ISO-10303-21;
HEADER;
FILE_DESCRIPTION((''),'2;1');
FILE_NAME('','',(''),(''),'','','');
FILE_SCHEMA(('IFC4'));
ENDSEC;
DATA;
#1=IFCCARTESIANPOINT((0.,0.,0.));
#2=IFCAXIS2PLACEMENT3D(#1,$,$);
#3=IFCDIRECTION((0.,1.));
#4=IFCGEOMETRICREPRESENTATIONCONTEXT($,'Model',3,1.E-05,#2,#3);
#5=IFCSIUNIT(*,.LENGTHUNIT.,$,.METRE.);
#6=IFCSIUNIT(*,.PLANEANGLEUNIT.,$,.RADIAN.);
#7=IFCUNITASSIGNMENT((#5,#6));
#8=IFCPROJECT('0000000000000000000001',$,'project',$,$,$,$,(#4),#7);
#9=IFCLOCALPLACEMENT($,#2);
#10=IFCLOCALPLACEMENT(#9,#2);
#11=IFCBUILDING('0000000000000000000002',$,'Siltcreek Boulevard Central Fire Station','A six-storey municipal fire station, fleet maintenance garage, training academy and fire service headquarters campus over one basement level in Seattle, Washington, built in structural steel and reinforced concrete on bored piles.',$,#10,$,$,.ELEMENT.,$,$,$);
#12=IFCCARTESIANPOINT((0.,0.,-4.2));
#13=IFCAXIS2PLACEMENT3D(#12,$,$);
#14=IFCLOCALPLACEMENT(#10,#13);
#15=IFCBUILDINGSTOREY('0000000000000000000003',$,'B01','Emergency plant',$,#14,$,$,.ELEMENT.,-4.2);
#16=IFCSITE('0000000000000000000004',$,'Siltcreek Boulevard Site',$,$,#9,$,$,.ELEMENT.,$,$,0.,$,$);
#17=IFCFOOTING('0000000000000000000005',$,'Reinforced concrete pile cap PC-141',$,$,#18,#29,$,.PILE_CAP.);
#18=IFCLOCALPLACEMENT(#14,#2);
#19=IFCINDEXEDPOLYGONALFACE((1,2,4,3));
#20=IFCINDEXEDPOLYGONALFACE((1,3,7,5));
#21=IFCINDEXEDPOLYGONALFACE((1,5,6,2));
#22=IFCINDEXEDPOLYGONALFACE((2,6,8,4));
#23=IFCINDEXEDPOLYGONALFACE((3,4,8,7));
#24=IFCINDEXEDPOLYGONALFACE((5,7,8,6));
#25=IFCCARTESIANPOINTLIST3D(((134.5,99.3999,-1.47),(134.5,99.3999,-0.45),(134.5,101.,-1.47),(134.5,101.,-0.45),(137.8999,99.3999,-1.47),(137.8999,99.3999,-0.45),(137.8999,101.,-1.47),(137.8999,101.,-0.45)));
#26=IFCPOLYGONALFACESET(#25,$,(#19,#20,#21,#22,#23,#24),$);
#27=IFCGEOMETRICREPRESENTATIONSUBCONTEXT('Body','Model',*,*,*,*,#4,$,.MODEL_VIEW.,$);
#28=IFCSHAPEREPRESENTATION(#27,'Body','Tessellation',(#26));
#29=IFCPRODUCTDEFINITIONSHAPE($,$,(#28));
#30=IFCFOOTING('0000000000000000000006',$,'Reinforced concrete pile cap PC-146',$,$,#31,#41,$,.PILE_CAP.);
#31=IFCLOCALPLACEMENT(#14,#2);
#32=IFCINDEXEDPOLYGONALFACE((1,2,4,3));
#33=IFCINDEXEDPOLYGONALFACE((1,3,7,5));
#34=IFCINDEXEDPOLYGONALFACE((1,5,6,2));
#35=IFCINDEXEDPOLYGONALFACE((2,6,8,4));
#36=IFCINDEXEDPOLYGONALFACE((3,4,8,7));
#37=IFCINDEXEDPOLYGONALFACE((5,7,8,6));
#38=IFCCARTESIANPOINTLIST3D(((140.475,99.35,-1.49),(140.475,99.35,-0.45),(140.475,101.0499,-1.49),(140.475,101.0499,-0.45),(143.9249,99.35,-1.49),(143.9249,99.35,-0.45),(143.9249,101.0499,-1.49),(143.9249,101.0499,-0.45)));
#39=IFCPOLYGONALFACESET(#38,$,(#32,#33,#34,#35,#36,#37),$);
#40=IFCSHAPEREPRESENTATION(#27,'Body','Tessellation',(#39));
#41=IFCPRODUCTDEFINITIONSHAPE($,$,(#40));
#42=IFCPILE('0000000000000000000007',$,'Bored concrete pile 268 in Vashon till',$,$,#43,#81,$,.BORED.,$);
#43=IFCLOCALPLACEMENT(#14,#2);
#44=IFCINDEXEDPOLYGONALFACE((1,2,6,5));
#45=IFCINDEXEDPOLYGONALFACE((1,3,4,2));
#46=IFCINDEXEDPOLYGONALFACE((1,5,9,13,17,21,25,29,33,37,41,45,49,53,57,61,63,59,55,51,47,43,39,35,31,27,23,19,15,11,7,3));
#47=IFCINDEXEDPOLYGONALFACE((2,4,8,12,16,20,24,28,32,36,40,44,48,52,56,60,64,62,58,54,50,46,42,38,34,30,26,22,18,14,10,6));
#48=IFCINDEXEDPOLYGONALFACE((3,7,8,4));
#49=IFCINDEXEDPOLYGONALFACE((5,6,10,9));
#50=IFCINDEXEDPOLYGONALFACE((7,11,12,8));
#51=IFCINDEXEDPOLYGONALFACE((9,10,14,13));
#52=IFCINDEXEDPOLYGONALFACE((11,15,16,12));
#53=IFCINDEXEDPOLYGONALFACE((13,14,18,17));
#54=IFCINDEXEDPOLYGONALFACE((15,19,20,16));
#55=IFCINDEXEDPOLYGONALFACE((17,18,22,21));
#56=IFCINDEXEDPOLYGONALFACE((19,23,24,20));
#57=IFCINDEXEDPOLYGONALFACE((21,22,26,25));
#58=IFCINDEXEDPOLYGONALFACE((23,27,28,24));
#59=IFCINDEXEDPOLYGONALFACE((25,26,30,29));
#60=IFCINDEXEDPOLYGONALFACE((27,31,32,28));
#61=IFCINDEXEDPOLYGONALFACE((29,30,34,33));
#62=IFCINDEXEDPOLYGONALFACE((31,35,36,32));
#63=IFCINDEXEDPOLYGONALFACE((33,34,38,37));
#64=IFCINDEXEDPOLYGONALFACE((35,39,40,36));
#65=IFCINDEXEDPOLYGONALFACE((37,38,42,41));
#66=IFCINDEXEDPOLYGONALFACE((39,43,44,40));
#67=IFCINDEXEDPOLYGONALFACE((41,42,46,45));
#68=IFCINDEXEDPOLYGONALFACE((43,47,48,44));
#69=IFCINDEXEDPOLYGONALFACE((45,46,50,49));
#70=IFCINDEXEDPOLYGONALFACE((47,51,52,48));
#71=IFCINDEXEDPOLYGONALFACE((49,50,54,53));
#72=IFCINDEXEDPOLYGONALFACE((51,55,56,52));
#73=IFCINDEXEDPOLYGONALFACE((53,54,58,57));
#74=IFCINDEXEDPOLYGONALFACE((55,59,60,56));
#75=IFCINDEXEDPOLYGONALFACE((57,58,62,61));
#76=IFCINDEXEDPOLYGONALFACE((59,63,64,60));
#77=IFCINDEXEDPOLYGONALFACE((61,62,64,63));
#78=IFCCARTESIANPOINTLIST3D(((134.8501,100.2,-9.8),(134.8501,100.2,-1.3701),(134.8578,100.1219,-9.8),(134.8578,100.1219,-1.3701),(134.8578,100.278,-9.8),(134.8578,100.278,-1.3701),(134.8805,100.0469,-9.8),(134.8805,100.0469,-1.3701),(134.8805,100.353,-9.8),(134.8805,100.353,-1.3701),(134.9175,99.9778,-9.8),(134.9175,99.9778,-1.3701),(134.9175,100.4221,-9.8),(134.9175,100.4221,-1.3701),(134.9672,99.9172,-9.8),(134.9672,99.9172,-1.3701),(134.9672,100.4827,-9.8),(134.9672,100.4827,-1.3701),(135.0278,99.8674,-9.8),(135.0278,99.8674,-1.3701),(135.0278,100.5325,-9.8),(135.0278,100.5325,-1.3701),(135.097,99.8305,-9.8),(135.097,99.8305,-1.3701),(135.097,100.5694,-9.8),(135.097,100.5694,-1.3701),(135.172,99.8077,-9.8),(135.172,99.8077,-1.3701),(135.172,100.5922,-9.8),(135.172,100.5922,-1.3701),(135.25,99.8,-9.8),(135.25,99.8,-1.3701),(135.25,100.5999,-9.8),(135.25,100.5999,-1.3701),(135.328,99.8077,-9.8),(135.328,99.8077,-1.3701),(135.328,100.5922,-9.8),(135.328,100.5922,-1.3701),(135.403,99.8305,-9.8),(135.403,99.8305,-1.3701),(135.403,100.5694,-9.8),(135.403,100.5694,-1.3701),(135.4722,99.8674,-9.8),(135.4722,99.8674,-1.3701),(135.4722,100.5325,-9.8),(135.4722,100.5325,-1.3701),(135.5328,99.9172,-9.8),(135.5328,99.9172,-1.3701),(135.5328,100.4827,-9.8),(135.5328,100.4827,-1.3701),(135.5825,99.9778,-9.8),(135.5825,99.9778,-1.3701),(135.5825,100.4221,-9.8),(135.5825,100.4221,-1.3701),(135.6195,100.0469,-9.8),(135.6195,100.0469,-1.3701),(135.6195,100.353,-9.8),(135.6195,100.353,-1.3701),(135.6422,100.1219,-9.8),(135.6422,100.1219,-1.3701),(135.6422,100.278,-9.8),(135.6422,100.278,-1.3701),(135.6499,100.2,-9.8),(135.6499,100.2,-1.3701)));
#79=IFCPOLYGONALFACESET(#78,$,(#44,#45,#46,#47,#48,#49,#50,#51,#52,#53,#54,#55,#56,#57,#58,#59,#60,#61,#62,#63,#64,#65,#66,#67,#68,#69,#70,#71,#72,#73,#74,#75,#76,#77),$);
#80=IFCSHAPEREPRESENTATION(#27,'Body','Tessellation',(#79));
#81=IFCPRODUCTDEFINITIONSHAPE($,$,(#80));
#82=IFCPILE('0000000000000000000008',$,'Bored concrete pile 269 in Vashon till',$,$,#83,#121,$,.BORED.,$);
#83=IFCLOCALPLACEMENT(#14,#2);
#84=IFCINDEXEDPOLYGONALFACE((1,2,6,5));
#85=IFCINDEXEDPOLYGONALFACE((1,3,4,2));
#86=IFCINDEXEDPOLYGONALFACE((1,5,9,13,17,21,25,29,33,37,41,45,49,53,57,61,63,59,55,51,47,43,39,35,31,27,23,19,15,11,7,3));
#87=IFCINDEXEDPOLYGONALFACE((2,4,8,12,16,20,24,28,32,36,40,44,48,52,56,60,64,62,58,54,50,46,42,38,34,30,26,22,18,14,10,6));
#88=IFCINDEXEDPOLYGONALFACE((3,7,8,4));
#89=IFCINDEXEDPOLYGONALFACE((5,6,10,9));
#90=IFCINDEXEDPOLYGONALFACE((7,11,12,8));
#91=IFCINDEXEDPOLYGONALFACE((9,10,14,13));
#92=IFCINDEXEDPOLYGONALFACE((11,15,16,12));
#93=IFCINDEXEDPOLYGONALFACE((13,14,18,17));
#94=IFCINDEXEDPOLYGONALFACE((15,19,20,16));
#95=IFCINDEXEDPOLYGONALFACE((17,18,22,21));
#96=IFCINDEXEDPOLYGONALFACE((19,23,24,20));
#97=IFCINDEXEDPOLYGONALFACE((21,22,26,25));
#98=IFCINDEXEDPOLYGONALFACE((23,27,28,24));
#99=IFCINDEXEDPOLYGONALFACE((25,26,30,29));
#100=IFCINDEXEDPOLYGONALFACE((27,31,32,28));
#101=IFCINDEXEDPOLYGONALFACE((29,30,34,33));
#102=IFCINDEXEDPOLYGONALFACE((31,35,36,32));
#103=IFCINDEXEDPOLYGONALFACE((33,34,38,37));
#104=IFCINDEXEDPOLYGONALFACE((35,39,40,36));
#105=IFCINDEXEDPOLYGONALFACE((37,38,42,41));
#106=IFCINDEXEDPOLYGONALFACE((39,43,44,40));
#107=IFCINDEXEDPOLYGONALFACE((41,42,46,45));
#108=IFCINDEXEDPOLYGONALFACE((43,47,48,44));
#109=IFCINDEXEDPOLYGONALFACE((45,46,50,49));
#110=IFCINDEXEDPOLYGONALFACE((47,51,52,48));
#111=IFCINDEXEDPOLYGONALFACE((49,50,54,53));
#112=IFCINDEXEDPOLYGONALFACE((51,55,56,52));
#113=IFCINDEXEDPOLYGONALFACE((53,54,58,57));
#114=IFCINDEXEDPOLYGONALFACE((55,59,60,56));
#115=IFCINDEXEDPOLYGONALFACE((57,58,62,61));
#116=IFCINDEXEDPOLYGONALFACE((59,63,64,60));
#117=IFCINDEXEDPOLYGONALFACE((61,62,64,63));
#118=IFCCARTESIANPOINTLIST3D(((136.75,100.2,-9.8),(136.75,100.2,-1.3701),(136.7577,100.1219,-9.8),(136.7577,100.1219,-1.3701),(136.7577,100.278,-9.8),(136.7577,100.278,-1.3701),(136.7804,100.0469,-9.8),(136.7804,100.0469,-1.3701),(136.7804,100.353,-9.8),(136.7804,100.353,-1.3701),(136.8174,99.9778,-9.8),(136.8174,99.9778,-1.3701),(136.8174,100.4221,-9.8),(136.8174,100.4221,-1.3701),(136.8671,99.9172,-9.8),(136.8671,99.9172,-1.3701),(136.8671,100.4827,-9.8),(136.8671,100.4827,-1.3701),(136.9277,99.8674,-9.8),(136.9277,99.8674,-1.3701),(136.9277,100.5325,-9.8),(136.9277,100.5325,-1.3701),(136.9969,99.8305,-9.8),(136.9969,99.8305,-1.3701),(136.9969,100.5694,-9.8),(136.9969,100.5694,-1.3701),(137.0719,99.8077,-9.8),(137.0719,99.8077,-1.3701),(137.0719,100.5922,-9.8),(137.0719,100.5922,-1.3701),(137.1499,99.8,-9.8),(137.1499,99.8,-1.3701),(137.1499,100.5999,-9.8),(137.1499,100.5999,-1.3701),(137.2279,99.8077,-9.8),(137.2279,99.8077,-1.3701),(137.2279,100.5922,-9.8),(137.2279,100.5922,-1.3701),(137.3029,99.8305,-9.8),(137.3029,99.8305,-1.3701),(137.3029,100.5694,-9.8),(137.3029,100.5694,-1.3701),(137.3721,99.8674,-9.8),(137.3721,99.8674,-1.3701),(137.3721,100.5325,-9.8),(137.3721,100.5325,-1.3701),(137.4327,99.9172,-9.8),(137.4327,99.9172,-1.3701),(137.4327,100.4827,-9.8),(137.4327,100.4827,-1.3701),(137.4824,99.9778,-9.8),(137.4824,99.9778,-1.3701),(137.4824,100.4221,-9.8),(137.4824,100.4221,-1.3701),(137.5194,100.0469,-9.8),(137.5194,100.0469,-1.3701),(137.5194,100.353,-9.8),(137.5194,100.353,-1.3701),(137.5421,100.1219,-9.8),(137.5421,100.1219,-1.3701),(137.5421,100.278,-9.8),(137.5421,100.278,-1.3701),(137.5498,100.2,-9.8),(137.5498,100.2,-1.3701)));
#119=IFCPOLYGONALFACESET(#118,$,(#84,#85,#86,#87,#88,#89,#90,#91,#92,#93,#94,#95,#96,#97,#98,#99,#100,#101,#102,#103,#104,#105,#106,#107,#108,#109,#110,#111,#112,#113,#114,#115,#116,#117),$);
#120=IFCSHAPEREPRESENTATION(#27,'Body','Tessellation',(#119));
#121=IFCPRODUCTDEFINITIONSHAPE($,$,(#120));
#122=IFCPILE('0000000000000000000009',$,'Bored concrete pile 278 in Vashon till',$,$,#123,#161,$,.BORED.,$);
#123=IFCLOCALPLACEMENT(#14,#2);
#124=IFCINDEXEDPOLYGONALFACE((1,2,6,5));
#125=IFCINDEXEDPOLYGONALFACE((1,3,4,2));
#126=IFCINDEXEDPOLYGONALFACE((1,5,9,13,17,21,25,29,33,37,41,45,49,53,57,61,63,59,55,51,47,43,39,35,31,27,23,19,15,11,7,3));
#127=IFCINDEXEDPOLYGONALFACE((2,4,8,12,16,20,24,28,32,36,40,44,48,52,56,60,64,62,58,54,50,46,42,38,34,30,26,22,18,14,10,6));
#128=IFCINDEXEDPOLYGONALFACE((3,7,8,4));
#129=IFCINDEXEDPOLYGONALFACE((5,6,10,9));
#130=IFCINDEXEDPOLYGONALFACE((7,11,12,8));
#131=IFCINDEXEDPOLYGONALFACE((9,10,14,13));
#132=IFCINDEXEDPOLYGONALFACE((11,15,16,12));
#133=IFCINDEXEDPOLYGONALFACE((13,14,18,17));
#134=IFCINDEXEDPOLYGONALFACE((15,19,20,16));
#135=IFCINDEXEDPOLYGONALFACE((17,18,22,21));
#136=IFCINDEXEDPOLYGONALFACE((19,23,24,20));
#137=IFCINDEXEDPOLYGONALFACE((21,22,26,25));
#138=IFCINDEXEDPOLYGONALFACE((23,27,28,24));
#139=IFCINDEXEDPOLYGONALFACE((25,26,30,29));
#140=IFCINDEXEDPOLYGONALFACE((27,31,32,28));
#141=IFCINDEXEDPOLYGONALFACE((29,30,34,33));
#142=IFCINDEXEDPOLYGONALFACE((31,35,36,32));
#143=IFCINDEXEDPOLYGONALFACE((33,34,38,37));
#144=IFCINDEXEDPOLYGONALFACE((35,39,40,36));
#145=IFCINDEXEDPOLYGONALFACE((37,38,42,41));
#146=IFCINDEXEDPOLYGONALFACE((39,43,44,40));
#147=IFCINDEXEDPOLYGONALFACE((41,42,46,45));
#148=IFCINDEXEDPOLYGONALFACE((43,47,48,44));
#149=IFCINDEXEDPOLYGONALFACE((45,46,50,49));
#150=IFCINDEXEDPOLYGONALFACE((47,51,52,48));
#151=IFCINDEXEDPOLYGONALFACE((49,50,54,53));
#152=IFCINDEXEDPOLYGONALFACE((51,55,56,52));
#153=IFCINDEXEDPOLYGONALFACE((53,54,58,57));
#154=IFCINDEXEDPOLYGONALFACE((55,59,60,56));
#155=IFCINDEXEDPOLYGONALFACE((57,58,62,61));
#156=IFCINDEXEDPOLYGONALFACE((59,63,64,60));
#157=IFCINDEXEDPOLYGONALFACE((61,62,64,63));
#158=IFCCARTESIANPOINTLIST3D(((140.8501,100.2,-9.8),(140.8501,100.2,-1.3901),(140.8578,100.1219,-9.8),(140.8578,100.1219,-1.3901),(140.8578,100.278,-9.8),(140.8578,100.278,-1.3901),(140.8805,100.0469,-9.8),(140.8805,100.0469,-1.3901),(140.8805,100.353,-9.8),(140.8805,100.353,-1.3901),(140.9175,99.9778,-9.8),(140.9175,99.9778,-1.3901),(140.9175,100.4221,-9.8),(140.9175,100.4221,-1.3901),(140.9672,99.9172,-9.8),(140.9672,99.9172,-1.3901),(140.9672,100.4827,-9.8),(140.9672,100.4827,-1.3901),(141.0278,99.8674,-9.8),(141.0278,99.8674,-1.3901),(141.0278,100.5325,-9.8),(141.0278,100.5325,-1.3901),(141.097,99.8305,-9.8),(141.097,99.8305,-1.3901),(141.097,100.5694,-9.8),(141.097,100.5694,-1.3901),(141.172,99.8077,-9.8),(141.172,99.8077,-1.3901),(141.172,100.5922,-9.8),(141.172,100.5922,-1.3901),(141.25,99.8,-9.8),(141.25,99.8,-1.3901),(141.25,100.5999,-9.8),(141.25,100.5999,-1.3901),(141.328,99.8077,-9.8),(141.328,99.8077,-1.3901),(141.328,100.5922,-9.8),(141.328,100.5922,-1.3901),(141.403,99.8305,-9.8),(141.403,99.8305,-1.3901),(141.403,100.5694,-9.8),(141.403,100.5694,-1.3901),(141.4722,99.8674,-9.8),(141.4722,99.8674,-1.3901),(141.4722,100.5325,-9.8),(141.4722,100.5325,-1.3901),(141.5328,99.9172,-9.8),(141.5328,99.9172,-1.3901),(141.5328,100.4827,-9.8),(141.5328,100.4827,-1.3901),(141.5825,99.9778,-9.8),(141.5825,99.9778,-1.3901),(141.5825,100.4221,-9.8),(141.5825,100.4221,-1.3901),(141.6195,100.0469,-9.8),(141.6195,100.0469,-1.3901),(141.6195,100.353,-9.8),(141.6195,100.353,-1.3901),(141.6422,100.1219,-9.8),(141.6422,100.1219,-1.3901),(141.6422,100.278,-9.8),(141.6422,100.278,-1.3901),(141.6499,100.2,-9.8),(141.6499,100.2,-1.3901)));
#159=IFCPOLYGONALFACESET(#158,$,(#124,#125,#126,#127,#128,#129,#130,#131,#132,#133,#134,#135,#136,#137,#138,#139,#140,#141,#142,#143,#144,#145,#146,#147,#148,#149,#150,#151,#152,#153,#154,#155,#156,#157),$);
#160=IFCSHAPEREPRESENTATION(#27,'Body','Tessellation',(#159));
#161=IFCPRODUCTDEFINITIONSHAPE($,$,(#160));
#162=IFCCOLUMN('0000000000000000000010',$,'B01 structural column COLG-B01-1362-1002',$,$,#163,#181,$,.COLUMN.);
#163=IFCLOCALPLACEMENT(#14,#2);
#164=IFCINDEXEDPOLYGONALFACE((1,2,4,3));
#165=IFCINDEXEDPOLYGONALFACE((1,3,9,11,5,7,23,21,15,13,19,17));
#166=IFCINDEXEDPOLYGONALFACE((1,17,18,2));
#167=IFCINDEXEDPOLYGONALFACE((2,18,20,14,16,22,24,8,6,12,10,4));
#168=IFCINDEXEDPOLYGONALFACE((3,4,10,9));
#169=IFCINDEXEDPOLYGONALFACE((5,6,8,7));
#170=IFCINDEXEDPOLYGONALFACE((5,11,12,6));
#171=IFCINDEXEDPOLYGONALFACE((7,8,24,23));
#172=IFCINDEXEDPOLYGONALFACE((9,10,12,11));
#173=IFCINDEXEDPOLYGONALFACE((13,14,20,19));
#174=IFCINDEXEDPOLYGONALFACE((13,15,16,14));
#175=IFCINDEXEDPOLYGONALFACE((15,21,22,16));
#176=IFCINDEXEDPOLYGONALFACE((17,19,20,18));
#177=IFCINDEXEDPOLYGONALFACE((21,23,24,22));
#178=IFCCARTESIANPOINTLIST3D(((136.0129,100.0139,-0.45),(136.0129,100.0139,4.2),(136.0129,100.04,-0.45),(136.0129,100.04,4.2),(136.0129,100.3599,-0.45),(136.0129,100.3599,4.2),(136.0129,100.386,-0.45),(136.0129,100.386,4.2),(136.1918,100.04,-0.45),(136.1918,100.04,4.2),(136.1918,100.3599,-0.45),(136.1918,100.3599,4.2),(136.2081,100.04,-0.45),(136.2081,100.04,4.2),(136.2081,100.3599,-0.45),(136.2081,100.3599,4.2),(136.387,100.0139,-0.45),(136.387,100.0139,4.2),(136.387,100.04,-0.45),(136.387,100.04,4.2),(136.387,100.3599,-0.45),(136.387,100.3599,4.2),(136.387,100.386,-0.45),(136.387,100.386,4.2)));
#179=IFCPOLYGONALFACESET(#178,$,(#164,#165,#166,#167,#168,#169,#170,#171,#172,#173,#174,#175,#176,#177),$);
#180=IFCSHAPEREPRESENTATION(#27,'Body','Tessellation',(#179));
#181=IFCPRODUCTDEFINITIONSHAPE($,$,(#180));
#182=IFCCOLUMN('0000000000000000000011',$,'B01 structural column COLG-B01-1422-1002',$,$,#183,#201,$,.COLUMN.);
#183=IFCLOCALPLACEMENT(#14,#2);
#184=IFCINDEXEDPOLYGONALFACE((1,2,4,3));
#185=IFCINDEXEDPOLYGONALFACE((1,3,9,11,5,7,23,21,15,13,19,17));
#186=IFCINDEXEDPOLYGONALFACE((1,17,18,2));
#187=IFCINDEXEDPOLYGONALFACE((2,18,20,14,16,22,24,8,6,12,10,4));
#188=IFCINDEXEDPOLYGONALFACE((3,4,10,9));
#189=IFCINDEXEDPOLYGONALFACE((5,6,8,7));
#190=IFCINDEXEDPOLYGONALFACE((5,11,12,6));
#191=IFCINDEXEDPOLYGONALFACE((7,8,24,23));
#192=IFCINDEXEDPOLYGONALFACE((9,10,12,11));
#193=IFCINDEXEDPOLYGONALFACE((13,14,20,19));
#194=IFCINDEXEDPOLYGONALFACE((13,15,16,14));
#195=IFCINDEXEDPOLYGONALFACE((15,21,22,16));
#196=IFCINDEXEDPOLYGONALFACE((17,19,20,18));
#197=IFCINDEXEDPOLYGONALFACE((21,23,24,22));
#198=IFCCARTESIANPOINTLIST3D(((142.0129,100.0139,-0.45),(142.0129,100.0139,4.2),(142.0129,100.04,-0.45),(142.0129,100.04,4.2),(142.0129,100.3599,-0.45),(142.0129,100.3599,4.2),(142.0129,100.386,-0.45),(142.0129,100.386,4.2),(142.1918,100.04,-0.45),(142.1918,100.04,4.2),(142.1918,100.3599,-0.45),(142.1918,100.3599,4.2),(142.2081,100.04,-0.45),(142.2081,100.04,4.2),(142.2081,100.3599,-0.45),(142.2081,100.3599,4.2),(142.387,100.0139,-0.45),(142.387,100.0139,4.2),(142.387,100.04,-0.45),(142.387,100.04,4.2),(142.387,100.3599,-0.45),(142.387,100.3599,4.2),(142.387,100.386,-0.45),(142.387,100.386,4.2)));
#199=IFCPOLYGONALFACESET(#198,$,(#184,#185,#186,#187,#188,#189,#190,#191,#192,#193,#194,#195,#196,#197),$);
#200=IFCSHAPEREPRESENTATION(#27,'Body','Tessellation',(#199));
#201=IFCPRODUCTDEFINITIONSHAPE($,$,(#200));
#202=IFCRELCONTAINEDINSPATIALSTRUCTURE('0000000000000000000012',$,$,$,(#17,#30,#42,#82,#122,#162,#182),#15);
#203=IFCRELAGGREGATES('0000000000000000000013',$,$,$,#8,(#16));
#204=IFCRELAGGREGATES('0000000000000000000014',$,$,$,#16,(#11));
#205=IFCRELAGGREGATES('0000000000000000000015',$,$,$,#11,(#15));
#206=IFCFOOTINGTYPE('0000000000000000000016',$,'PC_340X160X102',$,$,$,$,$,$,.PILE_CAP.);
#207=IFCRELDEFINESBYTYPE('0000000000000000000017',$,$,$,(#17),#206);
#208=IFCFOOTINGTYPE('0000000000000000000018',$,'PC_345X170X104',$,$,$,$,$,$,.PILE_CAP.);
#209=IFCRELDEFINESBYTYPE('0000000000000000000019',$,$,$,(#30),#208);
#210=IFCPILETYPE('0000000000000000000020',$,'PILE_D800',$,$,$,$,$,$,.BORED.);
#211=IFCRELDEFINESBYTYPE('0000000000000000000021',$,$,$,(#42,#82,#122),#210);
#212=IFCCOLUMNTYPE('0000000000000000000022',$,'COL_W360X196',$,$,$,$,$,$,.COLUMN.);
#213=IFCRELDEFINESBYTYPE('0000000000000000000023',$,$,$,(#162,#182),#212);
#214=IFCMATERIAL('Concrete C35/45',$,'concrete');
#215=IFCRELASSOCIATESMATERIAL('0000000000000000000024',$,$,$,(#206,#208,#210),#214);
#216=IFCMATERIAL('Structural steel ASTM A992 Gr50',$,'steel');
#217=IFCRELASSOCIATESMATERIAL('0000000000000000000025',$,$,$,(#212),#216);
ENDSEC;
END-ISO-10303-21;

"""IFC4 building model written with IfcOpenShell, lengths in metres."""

from ifc_helpers import new_model, si_unit, direction, frame, origin, origin_2d, place, context, subcontext, project, spatial, rectangle, circle, i_section, extrude, material, material_profile, profile_set, type_object, element, save


model = new_model("IFC4")

# Units and contexts
model_context = context("Model", 3, precision=1e-05, world=origin(), true_north=direction((0.0, 1.0)))
body_context = subcontext(model_context, "Body", "Model", "MODEL_VIEW")
ifc_project = project(units=[si_unit("LENGTHUNIT", "METRE"), si_unit("PLANEANGLEUNIT", "RADIAN")], contexts=[model_context])

# Site, building, storey
site_placement = place(None, origin())
site = spatial("IfcSite", under=ifc_project, at=site_placement, Name="Siltcreek Boulevard Site", CompositionType="ELEMENT", RefElevation=0.0)
building_placement = place(site_placement, origin())
building = spatial("IfcBuilding", under=site, at=building_placement, Name="Siltcreek Boulevard Central Fire Station", Description="A six-storey municipal fire station, fleet maintenance garage, training academy and fire service headquarters campus over one basement level in Seattle, Washington, built in structural steel and reinforced concrete on bored piles.", CompositionType="ELEMENT")
storey_placement = place(building_placement, frame((0.0, 0.0, -4.2)))
storey = spatial("IfcBuildingStorey", under=building, at=storey_placement, Name="B01", Description="Emergency plant", CompositionType="ELEMENT", Elevation=-4.2)

# Footings
ifc_material_1 = material(Name="Concrete C35/45", Category="concrete")
footing_type_1 = type_object("IfcFootingType", Name="PC_340X160X102", PredefinedType="PILE_CAP", material=ifc_material_1)
footing_1_placement = place(storey_placement, frame((136.2, 100.2, -1.47), z_axis=(0.0, 0.0, 1.0), x_axis=(1.0, 0.0, 0.0)))
element("IfcFooting", 1, at=footing_1_placement, inside=storey, type_object=footing_type_1, Name="Reinforced concrete pile cap PC-141", PredefinedType="PILE_CAP", context=body_context, shape_type="SweptSolid", body=[
    extrude(rectangle(XDim=3.3999, YDim=1.6001, at=origin_2d()), origin(), (0.0, 0.0, 1.0), 1.02),
])
footing_type_2 = type_object("IfcFootingType", Name="PC_345X170X104", PredefinedType="PILE_CAP", material=ifc_material_1)
footing_2_placement = place(storey_placement, frame((142.2, 100.2, -1.49), z_axis=(0.0, 0.0, 1.0), x_axis=(1.0, 0.0, 0.0)))
element("IfcFooting", 2, at=footing_2_placement, inside=storey, type_object=footing_type_2, Name="Reinforced concrete pile cap PC-146", PredefinedType="PILE_CAP", context=body_context, shape_type="SweptSolid", body=[
    extrude(rectangle(XDim=3.45, YDim=1.7, at=origin_2d()), origin(), (0.0, 0.0, 1.0), 1.04),
])

# Piles
ifc_material_profile_1 = material_profile(ifc_material_1, circle(Radius=0.3999, at=origin_2d()), Name="SHAFT800")
ifc_profile_set_1 = profile_set([ifc_material_profile_1], Name="Concrete C35/45")
pile_type = type_object("IfcPileType", Name="PILE_D800", PredefinedType="BORED", material=ifc_profile_set_1)
for number, where, z_axis, x_axis, name in (
    (3, (135.25, 100.2, -1.3701), (0.0, 0.0, -1.0), (1.0, 0.0, 0.0), "Bored concrete pile 268 in Vashon till"),
    (4, (137.1499, 100.2, -1.3701), (0.0, 0.0, -1.0), (1.0, 0.0, 0.0), "Bored concrete pile 269 in Vashon till"),
):
    element("IfcPile", number, at=place(storey_placement, frame(where, z_axis=z_axis, x_axis=x_axis)), inside=storey, type_object=pile_type, Name=name, PredefinedType="BORED", context=body_context, shape_type="SweptSolid", body=[
        extrude(circle(Radius=0.3999, at=origin_2d()), origin(), (0.0, 0.0, 1.0), 8.4299),
    ])
pile_placement = place(storey_placement, frame((141.25, 100.2, -1.3901), z_axis=(0.0, 0.0, -1.0), x_axis=(1.0, 0.0, 0.0)))
element("IfcPile", 5, at=pile_placement, inside=storey, type_object=pile_type, Name="Bored concrete pile 278 in Vashon till", PredefinedType="BORED", context=body_context, shape_type="SweptSolid", body=[
    extrude(circle(Radius=0.3999, at=origin_2d()), origin(), (0.0, 0.0, 1.0), 8.4099),
])

# Columns
ifc_material_2 = material(Name="Structural steel ASTM A992 Gr50", Category="steel")
ifc_material_profile_2 = material_profile(ifc_material_2, i_section(OverallWidth=0.374, OverallDepth=0.3721, WebThickness=0.0164, FlangeThickness=0.0261, at=origin_2d()), Name="W360X196")
ifc_profile_set_2 = profile_set([ifc_material_profile_2], Name="Structural steel ASTM A992 Gr50")
column_type = type_object("IfcColumnType", Name="COL_W360X196", PredefinedType="COLUMN", material=ifc_profile_set_2)
for number, where, z_axis, x_axis, name in (
    (6, (136.2, 100.2, -0.45), (0.0, 0.0, 1.0), (1.0, 0.0, 0.0), "B01 structural column COLG-B01-1362-1002"),
    (7, (142.2, 100.2, -0.45), (0.0, 0.0, 1.0), (1.0, 0.0, 0.0), "B01 structural column COLG-B01-1422-1002"),
):
    element("IfcColumn", number, at=place(storey_placement, frame(where, z_axis=z_axis, x_axis=x_axis)), inside=storey, type_object=column_type, Name=name, PredefinedType="COLUMN", context=body_context, shape_type="SweptSolid", body=[
        extrude(i_section(OverallWidth=0.374, OverallDepth=0.3721, WebThickness=0.0164, FlangeThickness=0.0261, at=origin_2d()), origin(), (0.0, 0.0, 1.0), 4.6499),
    ])

save(model, "model.ifc")
